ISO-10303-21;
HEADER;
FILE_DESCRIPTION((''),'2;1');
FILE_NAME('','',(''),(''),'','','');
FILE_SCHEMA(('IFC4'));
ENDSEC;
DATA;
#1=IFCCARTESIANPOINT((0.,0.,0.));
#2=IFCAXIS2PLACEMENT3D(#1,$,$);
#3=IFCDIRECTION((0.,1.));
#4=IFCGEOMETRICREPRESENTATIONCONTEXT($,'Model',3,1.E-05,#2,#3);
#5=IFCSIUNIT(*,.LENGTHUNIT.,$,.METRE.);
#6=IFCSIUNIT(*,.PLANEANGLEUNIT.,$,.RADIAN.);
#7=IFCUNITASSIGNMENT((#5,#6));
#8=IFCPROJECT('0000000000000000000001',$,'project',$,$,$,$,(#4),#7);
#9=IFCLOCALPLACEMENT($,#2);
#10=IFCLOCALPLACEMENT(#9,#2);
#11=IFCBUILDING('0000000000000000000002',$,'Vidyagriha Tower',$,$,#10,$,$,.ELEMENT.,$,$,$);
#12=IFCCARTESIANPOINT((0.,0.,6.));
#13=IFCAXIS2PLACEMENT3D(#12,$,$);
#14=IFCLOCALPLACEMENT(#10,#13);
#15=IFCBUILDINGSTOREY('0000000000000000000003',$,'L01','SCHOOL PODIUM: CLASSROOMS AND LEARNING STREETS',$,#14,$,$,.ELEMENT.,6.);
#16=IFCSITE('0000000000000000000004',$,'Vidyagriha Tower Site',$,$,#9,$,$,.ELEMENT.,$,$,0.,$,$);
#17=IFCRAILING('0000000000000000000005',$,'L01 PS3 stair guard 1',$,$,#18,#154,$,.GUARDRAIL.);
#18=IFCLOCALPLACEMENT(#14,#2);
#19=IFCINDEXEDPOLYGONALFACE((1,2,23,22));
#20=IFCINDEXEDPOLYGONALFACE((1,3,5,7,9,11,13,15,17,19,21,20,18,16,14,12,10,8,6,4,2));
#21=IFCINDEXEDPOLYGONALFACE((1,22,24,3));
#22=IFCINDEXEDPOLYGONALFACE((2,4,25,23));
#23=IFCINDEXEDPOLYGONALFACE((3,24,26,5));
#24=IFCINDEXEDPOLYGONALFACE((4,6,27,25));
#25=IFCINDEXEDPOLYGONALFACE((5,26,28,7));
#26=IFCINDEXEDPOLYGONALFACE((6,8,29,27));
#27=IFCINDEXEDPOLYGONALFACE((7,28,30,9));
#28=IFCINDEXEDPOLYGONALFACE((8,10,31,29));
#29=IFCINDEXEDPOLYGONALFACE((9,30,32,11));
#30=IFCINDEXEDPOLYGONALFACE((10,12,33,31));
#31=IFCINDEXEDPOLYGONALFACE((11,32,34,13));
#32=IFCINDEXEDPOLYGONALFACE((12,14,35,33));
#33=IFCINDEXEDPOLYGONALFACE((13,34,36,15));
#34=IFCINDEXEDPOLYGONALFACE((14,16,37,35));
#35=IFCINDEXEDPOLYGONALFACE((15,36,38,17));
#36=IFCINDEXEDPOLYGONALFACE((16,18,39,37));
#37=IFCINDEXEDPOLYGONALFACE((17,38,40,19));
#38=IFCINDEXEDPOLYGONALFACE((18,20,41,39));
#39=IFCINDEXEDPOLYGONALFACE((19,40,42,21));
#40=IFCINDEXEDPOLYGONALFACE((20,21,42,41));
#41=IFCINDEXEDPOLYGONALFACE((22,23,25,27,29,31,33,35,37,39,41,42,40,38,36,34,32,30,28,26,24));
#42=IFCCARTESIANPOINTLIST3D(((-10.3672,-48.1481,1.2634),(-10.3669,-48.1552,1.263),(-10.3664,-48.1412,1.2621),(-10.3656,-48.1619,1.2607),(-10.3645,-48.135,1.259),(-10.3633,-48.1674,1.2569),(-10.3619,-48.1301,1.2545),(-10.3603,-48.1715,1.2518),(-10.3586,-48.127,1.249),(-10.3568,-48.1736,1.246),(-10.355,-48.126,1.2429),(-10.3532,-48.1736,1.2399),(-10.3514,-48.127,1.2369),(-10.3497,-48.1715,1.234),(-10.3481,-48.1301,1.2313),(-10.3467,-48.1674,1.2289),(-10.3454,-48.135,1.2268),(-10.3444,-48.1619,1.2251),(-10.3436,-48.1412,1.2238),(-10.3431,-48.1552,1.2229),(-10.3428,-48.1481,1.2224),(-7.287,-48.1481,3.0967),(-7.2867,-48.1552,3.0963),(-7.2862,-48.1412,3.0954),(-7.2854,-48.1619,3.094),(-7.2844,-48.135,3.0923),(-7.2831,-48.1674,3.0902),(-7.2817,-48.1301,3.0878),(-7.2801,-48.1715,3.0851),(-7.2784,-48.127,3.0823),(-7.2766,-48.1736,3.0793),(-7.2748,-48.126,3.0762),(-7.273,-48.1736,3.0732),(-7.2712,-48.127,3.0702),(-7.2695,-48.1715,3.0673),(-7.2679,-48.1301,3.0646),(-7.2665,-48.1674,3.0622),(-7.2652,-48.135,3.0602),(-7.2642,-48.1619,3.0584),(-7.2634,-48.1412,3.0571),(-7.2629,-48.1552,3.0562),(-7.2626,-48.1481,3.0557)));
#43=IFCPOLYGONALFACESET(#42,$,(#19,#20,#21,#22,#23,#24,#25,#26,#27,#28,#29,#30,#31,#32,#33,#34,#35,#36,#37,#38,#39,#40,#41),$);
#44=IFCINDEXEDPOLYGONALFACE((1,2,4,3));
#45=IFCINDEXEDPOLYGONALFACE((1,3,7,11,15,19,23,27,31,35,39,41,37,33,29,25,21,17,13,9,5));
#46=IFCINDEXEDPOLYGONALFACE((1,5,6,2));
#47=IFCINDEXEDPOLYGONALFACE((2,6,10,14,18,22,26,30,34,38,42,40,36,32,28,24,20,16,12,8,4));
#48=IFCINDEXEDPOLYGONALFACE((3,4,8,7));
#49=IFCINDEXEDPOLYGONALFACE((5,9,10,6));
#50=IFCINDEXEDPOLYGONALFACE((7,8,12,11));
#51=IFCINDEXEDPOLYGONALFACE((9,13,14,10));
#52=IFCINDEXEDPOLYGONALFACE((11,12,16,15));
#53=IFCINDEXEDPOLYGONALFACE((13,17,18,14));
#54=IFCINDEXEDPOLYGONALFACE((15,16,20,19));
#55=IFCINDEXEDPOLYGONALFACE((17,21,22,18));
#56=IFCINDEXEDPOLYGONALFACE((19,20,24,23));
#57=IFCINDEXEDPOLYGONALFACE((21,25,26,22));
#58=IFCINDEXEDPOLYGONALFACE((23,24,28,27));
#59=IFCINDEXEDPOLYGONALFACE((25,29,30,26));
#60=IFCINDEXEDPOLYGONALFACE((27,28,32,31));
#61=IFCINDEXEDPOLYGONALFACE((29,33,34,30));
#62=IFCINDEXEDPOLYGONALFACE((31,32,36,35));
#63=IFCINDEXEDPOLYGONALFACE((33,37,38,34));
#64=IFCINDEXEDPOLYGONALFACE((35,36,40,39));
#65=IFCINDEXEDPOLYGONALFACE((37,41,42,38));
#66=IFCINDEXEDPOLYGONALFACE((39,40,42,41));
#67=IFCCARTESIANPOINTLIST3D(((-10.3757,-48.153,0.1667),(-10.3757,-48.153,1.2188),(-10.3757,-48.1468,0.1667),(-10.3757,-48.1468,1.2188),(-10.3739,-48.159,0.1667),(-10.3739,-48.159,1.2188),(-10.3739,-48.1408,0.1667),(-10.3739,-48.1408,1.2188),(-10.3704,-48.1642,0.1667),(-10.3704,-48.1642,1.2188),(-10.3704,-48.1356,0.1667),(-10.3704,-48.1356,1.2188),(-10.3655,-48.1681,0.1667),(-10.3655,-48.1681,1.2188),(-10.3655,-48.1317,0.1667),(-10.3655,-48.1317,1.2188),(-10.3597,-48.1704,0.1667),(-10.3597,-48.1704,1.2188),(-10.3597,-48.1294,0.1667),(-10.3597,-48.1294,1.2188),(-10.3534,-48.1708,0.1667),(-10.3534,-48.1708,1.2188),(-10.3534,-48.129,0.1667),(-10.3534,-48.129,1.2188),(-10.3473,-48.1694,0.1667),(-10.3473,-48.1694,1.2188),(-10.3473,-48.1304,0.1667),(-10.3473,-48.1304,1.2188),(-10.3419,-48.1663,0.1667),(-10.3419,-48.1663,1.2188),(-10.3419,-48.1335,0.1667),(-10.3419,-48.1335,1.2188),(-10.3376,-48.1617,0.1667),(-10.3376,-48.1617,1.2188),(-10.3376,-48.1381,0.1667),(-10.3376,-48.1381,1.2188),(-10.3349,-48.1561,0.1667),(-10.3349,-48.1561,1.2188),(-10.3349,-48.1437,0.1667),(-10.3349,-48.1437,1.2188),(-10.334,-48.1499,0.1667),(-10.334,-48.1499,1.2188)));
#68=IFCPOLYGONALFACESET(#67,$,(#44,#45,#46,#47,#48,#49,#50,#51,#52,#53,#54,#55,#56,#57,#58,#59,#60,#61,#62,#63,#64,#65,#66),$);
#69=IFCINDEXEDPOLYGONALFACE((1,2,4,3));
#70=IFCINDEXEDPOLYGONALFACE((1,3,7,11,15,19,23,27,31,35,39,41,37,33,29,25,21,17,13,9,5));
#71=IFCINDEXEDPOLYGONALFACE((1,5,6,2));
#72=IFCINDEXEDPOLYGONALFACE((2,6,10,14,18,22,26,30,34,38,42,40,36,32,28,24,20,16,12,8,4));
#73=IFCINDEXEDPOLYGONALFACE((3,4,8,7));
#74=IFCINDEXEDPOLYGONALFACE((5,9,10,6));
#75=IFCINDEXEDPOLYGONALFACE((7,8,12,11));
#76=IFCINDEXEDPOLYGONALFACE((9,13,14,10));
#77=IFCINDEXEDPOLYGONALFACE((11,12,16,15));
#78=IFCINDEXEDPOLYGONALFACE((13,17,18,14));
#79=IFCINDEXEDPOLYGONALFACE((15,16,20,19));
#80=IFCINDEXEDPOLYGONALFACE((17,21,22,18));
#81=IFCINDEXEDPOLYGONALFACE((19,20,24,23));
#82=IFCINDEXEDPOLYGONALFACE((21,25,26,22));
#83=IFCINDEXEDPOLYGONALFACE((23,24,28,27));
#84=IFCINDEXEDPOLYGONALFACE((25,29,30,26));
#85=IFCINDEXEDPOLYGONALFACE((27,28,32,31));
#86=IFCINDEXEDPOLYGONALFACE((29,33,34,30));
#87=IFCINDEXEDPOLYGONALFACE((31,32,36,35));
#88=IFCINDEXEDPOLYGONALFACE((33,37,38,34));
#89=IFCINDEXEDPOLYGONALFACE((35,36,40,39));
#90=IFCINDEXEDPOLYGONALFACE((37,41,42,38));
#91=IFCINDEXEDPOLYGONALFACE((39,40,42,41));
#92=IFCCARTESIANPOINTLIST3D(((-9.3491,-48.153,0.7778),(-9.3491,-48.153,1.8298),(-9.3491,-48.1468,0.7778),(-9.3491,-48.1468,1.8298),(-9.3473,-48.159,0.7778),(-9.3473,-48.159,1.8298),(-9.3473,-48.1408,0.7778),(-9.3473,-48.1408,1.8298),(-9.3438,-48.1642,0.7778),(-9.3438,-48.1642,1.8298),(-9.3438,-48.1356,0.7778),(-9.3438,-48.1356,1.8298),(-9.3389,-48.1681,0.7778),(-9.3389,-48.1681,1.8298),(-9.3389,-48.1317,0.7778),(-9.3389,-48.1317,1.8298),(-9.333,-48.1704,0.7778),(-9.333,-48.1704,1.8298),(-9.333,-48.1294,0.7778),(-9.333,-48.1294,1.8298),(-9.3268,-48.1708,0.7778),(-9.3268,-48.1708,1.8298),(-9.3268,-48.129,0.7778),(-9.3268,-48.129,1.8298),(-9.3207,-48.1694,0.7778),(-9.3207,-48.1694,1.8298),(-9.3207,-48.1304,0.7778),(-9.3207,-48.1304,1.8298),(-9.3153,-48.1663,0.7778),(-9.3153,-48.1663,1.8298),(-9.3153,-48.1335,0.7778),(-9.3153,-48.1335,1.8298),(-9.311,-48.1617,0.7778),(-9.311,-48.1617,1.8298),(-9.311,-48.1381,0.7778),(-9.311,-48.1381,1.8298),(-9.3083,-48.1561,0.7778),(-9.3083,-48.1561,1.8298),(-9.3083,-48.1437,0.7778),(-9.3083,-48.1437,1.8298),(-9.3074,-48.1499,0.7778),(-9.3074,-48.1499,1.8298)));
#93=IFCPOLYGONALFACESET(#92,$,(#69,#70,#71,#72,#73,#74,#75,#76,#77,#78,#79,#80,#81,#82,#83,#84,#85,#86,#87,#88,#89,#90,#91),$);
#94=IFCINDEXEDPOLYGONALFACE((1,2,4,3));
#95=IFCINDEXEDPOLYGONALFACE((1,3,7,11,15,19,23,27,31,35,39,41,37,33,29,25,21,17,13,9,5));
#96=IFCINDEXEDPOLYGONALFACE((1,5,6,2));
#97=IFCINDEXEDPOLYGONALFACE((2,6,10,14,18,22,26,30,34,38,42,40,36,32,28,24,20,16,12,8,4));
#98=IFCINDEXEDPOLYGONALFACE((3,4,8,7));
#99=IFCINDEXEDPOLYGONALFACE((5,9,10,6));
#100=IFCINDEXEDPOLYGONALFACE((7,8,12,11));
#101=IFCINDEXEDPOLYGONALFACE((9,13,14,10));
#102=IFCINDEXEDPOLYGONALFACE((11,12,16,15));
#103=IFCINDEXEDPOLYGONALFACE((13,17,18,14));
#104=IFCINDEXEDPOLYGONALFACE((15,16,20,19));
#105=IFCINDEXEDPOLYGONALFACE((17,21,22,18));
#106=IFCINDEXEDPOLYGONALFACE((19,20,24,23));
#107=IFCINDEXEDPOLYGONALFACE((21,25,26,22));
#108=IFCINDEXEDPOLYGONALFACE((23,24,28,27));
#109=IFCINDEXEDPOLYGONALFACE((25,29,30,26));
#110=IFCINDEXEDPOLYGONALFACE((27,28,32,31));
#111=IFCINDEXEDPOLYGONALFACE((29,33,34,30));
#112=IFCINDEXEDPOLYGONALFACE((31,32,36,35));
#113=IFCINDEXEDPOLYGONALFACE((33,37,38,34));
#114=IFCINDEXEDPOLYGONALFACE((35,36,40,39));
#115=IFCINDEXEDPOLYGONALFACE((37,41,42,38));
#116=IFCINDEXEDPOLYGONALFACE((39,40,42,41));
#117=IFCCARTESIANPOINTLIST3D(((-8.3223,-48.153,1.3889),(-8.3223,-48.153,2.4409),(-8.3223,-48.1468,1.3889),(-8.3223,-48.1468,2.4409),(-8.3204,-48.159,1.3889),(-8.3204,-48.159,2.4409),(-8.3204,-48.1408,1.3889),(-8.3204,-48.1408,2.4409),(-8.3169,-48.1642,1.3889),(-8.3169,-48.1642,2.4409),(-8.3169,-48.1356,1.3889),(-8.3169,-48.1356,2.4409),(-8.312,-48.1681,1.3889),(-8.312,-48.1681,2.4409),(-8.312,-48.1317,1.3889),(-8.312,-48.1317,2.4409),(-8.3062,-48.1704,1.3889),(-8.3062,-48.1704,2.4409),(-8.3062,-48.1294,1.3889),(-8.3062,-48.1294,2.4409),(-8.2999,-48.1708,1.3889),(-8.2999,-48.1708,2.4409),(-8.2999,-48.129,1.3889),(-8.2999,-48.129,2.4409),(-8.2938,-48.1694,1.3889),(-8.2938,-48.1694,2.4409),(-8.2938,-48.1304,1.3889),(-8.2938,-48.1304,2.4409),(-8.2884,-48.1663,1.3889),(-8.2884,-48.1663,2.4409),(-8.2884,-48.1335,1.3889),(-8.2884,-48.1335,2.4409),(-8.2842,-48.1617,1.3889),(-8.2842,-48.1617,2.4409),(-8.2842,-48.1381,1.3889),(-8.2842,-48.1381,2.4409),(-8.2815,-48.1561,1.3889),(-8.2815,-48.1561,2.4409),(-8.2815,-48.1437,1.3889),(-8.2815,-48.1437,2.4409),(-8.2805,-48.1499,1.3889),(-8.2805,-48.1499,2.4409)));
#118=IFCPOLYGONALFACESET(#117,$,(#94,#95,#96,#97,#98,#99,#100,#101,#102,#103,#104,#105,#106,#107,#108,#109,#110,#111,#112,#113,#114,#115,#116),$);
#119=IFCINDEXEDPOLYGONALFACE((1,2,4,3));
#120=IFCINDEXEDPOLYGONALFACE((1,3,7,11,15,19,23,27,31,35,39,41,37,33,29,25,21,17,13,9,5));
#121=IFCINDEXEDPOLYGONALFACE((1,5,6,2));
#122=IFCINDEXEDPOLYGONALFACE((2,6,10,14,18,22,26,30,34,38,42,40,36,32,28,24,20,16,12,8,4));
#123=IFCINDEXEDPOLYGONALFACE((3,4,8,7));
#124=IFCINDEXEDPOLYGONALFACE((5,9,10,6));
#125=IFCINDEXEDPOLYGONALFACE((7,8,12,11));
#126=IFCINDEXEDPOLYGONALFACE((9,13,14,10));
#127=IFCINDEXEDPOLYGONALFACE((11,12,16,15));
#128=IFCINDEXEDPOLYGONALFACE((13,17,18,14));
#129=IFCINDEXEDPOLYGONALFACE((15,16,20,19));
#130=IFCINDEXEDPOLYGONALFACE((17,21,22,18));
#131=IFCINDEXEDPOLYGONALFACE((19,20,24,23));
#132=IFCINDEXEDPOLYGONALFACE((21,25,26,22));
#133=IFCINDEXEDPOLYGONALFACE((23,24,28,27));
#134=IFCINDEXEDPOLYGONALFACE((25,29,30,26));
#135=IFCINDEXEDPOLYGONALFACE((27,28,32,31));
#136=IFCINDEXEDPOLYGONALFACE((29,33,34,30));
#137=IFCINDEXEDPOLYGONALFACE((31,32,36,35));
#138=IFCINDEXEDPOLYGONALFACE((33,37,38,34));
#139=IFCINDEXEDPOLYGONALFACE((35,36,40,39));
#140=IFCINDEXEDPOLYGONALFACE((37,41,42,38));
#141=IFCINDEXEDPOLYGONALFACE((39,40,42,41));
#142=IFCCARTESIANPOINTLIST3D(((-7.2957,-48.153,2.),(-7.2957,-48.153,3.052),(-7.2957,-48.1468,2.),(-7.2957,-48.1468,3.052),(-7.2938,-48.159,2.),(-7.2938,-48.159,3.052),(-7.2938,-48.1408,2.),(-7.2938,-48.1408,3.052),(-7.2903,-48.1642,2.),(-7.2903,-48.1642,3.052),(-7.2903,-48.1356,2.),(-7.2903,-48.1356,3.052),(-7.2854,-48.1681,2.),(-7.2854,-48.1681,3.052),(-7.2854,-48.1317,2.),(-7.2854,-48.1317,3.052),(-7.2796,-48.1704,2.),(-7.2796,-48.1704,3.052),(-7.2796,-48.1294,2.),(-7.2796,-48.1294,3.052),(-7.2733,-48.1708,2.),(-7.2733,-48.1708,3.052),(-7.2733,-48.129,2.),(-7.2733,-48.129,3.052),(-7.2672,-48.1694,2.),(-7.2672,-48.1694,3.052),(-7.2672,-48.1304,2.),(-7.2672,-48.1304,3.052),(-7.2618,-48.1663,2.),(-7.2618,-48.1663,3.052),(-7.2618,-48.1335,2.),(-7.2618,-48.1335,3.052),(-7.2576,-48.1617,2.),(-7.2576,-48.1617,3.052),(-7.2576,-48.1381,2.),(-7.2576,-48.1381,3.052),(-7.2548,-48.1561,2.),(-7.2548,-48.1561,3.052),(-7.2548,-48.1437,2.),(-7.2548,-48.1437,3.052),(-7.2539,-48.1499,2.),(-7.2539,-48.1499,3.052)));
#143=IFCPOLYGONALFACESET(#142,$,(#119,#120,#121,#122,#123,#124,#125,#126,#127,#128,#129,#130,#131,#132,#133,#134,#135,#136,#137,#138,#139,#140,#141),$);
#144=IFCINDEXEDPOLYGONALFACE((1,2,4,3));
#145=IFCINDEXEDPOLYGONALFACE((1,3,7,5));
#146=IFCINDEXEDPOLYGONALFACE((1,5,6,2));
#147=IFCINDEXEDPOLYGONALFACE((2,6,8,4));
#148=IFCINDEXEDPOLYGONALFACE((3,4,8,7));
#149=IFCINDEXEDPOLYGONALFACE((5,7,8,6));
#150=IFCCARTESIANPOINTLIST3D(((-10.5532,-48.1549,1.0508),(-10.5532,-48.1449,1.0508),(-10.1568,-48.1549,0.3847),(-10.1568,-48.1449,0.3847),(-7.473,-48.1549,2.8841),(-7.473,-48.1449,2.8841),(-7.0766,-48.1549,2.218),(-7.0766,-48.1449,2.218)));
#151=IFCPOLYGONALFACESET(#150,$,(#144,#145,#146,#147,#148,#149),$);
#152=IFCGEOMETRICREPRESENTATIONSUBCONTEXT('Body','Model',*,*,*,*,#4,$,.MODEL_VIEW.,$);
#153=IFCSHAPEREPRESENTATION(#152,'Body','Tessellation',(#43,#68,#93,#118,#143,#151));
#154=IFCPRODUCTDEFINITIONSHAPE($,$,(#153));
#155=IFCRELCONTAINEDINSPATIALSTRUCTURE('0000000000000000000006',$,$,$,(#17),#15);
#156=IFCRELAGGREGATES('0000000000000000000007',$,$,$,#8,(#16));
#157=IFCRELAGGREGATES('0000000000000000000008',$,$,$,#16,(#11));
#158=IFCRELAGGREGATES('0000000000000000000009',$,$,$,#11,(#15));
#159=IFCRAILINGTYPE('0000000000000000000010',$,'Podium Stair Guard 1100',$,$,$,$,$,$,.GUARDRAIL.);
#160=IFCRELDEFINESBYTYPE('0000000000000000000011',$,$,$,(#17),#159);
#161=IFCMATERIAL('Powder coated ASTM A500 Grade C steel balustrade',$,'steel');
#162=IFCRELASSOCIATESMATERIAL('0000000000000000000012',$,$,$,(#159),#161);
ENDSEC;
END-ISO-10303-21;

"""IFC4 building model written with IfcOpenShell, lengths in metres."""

from ifc_helpers import new_model, si_unit, direction, frame, origin, origin_2d, place, context, subcontext, project, spatial, rectangle, circle, extrude, material, type_object, element, save


model = new_model("IFC4")

# Units and contexts
model_context = context("Model", 3, precision=1e-05, world=origin(), true_north=direction((0.0, 1.0)))
body_context = subcontext(model_context, "Body", "Model", "MODEL_VIEW")
ifc_project = project(units=[si_unit("LENGTHUNIT", "METRE"), si_unit("PLANEANGLEUNIT", "RADIAN")], contexts=[model_context])

# Site, building, storey
site_placement = place(None, origin())
site = spatial("IfcSite", under=ifc_project, at=site_placement, Name="Vidyagriha Tower Site", CompositionType="ELEMENT", RefElevation=0.0)
building_placement = place(site_placement, origin())
building = spatial("IfcBuilding", under=site, at=building_placement, Name="Vidyagriha Tower", CompositionType="ELEMENT")
storey_placement = place(building_placement, frame((0.0, 0.0, 6.0)))
storey = spatial("IfcBuildingStorey", under=building, at=storey_placement, Name="L01", Description="SCHOOL PODIUM: CLASSROOMS AND LEARNING STREETS", CompositionType="ELEMENT", Elevation=6.0)

# Railing
ifc_material_1 = material(Name="Powder coated ASTM A500 Grade C steel balustrade", Category="steel")
railing_type_1 = type_object("IfcRailingType", Name="Podium Stair Guard 1100", PredefinedType="GUARDRAIL", material=ifc_material_1)
railing_1_placement = place(storey_placement, frame((-10.355, -48.1499, 0.1667)))
element("IfcRailing", 1, at=railing_1_placement, inside=storey, type_object=railing_type_1, Name="L01 PS3 stair guard 1", PredefinedType="GUARDRAIL", context=body_context, shape_type="SweptSolid", body=[
    extrude(circle(Radius=0.0239, at=origin_2d()), frame((0.0, 0.0, 1.0762), z_axis=(0.859309, 0.0, 0.511458), x_axis=(0.0, 1.0, 0.0)), (0.0, 0.0, 1.0), 3.5845),
    extrude(circle(Radius=0.021, at=origin_2d()), origin(), (0.0, 0.0, 1.0), 1.052),
    extrude(circle(Radius=0.021, at=origin_2d()), frame((1.0266, 0.0, 0.6111)), (0.0, 0.0, 1.0), 1.052),
    extrude(circle(Radius=0.021, at=origin_2d()), frame((2.0535, 0.0, 1.2222)), (0.0, 0.0, 1.0), 1.052),
    extrude(circle(Radius=0.021, at=origin_2d()), frame((3.0801, 0.0, 1.8333)), (0.0, 0.0, 1.0), 1.052),
    extrude(rectangle(XDim=0.01, YDim=0.7751, at=origin_2d()), frame((0.0, 0.0, 0.551), z_axis=(0.859309, 0.0, 0.511458), x_axis=(0.0, 1.0, 0.0)), (0.0, 0.0, 1.0), 3.5845),
])

save(model, "model.ifc")
